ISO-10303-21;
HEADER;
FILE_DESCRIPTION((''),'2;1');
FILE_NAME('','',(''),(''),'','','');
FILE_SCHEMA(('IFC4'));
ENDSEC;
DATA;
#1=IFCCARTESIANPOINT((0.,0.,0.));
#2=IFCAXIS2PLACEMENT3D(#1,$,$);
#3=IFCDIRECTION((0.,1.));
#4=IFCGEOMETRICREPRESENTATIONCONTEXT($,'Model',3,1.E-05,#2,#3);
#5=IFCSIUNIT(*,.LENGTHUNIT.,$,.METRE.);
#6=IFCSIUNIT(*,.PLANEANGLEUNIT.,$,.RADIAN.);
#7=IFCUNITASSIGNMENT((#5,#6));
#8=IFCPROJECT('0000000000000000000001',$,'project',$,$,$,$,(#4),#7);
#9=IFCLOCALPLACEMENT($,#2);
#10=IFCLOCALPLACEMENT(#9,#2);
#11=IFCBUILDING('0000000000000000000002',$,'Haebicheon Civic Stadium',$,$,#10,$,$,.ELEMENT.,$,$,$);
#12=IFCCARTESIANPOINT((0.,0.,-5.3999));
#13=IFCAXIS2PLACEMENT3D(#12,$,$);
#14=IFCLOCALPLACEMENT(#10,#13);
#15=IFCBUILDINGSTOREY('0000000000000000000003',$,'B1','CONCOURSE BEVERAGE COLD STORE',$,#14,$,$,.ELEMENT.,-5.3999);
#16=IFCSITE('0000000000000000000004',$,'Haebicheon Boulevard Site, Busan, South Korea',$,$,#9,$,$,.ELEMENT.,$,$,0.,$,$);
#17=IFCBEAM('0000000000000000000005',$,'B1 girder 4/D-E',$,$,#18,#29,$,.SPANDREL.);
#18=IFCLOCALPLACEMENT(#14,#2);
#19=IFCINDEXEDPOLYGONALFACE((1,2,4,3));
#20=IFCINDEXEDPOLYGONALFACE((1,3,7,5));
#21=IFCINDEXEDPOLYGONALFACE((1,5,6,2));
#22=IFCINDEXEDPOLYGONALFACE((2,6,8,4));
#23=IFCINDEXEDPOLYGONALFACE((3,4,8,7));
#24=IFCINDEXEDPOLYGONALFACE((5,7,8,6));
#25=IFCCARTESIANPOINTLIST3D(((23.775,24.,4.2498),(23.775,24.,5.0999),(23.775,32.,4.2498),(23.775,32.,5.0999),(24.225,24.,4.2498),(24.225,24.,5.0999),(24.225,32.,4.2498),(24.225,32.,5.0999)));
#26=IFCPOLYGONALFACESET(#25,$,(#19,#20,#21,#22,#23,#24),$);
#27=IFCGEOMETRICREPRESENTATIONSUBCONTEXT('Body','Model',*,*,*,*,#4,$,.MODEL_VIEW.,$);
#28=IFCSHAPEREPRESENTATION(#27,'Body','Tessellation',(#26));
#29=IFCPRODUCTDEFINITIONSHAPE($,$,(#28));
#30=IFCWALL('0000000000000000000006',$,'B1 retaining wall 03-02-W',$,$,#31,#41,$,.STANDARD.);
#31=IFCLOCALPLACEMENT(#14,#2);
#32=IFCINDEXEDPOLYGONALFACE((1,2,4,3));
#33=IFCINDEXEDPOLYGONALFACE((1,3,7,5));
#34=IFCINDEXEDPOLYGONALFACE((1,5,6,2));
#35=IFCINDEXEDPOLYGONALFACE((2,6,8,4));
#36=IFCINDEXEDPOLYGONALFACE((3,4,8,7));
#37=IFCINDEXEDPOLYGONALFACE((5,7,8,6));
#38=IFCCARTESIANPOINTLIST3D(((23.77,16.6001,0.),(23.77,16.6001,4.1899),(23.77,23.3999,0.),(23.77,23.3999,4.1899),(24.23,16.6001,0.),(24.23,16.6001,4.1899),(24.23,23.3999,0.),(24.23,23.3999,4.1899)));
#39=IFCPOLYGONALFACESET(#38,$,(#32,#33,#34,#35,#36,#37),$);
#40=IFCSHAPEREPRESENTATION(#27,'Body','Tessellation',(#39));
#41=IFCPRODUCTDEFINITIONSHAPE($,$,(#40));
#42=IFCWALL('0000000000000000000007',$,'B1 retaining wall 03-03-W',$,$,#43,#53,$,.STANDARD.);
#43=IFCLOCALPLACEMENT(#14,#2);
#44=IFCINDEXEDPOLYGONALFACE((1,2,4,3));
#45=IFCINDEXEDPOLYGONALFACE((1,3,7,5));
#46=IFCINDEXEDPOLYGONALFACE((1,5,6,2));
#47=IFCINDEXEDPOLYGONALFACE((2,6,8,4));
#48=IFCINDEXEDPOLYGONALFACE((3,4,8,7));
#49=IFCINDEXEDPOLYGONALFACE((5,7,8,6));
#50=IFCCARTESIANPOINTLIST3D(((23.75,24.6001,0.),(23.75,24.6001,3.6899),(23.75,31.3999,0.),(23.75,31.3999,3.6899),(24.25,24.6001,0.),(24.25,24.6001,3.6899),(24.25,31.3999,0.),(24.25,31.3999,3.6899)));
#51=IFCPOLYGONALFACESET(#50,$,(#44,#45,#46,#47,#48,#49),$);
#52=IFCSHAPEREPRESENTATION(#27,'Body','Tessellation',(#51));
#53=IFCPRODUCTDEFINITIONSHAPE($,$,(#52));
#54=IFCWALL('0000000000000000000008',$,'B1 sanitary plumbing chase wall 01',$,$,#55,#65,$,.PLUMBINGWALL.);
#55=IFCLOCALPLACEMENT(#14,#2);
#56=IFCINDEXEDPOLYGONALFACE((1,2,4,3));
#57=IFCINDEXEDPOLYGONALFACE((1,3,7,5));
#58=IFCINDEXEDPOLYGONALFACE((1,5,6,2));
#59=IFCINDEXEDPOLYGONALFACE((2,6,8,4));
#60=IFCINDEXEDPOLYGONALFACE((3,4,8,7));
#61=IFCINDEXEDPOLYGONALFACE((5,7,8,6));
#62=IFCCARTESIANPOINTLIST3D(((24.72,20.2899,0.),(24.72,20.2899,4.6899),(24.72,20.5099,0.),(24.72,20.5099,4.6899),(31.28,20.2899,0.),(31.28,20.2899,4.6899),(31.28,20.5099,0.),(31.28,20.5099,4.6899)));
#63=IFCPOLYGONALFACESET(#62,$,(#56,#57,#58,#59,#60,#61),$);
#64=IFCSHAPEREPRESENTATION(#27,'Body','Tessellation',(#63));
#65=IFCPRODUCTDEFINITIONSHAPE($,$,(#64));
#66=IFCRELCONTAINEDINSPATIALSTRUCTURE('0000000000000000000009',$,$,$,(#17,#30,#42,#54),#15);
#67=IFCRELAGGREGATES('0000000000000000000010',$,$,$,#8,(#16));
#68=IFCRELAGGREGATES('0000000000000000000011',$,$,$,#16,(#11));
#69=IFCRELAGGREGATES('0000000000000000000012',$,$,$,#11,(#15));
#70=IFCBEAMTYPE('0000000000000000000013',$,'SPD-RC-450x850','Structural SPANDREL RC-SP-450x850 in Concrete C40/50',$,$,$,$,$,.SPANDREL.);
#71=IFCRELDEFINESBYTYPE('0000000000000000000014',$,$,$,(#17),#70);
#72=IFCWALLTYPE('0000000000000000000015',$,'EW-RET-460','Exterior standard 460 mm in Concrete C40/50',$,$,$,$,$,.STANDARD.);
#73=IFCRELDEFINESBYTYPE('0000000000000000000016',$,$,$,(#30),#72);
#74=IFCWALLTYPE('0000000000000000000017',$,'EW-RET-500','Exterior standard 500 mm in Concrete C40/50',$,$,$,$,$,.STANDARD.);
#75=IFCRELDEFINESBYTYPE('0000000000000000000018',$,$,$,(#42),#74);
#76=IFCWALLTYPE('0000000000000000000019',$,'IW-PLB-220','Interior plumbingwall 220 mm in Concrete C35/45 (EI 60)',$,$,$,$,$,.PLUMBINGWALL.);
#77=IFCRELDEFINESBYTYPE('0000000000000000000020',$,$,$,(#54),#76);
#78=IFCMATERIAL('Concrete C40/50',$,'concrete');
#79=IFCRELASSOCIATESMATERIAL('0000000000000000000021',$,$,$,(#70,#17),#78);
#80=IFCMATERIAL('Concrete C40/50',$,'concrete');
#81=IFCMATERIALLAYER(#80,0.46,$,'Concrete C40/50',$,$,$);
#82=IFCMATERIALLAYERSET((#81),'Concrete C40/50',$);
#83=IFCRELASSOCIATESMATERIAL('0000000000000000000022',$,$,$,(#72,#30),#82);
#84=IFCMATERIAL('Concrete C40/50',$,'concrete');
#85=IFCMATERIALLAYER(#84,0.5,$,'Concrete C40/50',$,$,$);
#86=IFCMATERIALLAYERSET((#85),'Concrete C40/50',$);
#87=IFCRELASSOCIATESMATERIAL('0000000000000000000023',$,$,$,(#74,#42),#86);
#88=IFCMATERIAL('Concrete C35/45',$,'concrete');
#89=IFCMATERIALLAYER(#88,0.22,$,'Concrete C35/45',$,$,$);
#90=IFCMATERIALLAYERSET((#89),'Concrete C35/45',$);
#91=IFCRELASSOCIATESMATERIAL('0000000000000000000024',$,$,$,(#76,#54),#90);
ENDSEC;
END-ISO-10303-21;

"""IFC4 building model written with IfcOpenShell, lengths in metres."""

from ifc_helpers import new_model, si_unit, direction, frame, frame_2d, origin, origin_2d, place, context, subcontext, project, spatial, rectangle, extrude, material, layer, layer_set, material_profile, profile_set, type_object, element, save


model = new_model("IFC4")

# Units and contexts
model_context = context("Model", 3, precision=1e-05, world=origin(), true_north=direction((0.0, 1.0)))
body_context = subcontext(model_context, "Body", "Model", "MODEL_VIEW")
ifc_project = project(units=[si_unit("LENGTHUNIT", "METRE"), si_unit("PLANEANGLEUNIT", "RADIAN")], contexts=[model_context])

# Site, building, storey
site_placement = place(None, origin())
site = spatial("IfcSite", under=ifc_project, at=site_placement, Name="Haebicheon Boulevard Site, Busan, South Korea", CompositionType="ELEMENT", RefElevation=0.0)
building_placement = place(site_placement, origin())
building = spatial("IfcBuilding", under=site, at=building_placement, Name="Haebicheon Civic Stadium", CompositionType="ELEMENT")
storey_placement = place(building_placement, frame((0.0, 0.0, -5.3999)))
storey = spatial("IfcBuildingStorey", under=building, at=storey_placement, Name="B1", Description="CONCOURSE BEVERAGE COLD STORE", CompositionType="ELEMENT", Elevation=-5.3999)

# Beam
ifc_material_1 = material(Name="Concrete C40/50", Category="concrete")
ifc_material_profile_1 = material_profile(ifc_material_1, rectangle(XDim=0.45, YDim=0.8501, at=origin_2d()), Name="RC-SP-450x850")
ifc_profile_set_1 = profile_set([ifc_material_profile_1], Name="Concrete C40/50")
beam_type_1 = type_object("IfcBeamType", Name="SPD-RC-450x850", Description="Structural SPANDREL RC-SP-450x850 in Concrete C40/50", PredefinedType="SPANDREL", material=ifc_profile_set_1)
beam_1_placement = place(storey_placement, frame((24.0, 24.0, 4.6748), z_axis=(0.0, 1.0, 0.0), x_axis=(-1.0, 0.0, 0.0)))
element("IfcBeam", 1, at=beam_1_placement, inside=storey, type_object=beam_type_1, material=ifc_profile_set_1, Name="B1 girder 4/D-E", PredefinedType="SPANDREL", context=body_context, shape_type="SweptSolid", body=[
    extrude(rectangle(XDim=0.45, YDim=0.8501, at=origin_2d()), origin(), (0.0, 0.0, 1.0), 8.0),
])

# Walls
ifc_material_2 = material(Name="Concrete C40/50", Category="concrete")
ifc_layer_1 = layer(ifc_material_2, 0.46, Name="Concrete C40/50")
ifc_layer_set_1 = layer_set([ifc_layer_1], Name="Concrete C40/50")
wall_type_1 = type_object("IfcWallType", Name="EW-RET-460", Description="Exterior standard 460 mm in Concrete C40/50", PredefinedType="STANDARD", material=ifc_layer_set_1)
wall_1_placement = place(storey_placement, frame((24.0, 16.6001, 0.0), z_axis=(0.0, 0.0, 1.0), x_axis=(0.0, 1.0, 0.0)))
element("IfcWall", 2, at=wall_1_placement, inside=storey, type_object=wall_type_1, material=ifc_layer_set_1, Name="B1 retaining wall 03-02-W", PredefinedType="STANDARD", context=body_context, shape_type="SweptSolid", body=[
    extrude(rectangle(XDim=6.7998, YDim=0.46, at=frame_2d((3.3999, 0.0))), origin(), (0.0, 0.0, 1.0), 4.1899),
])
ifc_material_3 = material(Name="Concrete C40/50", Category="concrete")
ifc_layer_2 = layer(ifc_material_3, 0.5, Name="Concrete C40/50")
ifc_layer_set_2 = layer_set([ifc_layer_2], Name="Concrete C40/50")
wall_type_2 = type_object("IfcWallType", Name="EW-RET-500", Description="Exterior standard 500 mm in Concrete C40/50", PredefinedType="STANDARD", material=ifc_layer_set_2)
wall_2_placement = place(storey_placement, frame((24.0, 24.6001, 0.0), z_axis=(0.0, 0.0, 1.0), x_axis=(0.0, 1.0, 0.0)))
element("IfcWall", 3, at=wall_2_placement, inside=storey, type_object=wall_type_2, material=ifc_layer_set_2, Name="B1 retaining wall 03-03-W", PredefinedType="STANDARD", context=body_context, shape_type="SweptSolid", body=[
    extrude(rectangle(XDim=6.7998, YDim=0.5, at=frame_2d((3.3999, 0.0))), origin(), (0.0, 0.0, 1.0), 3.6899),
])
ifc_material_4 = material(Name="Concrete C35/45", Category="concrete")
ifc_layer_3 = layer(ifc_material_4, 0.22, Name="Concrete C35/45")
ifc_layer_set_3 = layer_set([ifc_layer_3], Name="Concrete C35/45")
wall_type_3 = type_object("IfcWallType", Name="IW-PLB-220", Description="Interior plumbingwall 220 mm in Concrete C35/45 (EI 60)", PredefinedType="PLUMBINGWALL", material=ifc_layer_set_3)
wall_3_placement = place(storey_placement, frame((24.72, 20.3999, 0.0), z_axis=(0.0, 0.0, 1.0), x_axis=(1.0, 0.0, 0.0)))
element("IfcWall", 4, at=wall_3_placement, inside=storey, type_object=wall_type_3, material=ifc_layer_set_3, Name="B1 sanitary plumbing chase wall 01", PredefinedType="PLUMBINGWALL", context=body_context, shape_type="SweptSolid", body=[
    extrude(rectangle(XDim=6.5601, YDim=0.22, at=frame_2d((3.28, 0.0))), origin(), (0.0, 0.0, 1.0), 4.6899),
])

save(model, "model.ifc")
